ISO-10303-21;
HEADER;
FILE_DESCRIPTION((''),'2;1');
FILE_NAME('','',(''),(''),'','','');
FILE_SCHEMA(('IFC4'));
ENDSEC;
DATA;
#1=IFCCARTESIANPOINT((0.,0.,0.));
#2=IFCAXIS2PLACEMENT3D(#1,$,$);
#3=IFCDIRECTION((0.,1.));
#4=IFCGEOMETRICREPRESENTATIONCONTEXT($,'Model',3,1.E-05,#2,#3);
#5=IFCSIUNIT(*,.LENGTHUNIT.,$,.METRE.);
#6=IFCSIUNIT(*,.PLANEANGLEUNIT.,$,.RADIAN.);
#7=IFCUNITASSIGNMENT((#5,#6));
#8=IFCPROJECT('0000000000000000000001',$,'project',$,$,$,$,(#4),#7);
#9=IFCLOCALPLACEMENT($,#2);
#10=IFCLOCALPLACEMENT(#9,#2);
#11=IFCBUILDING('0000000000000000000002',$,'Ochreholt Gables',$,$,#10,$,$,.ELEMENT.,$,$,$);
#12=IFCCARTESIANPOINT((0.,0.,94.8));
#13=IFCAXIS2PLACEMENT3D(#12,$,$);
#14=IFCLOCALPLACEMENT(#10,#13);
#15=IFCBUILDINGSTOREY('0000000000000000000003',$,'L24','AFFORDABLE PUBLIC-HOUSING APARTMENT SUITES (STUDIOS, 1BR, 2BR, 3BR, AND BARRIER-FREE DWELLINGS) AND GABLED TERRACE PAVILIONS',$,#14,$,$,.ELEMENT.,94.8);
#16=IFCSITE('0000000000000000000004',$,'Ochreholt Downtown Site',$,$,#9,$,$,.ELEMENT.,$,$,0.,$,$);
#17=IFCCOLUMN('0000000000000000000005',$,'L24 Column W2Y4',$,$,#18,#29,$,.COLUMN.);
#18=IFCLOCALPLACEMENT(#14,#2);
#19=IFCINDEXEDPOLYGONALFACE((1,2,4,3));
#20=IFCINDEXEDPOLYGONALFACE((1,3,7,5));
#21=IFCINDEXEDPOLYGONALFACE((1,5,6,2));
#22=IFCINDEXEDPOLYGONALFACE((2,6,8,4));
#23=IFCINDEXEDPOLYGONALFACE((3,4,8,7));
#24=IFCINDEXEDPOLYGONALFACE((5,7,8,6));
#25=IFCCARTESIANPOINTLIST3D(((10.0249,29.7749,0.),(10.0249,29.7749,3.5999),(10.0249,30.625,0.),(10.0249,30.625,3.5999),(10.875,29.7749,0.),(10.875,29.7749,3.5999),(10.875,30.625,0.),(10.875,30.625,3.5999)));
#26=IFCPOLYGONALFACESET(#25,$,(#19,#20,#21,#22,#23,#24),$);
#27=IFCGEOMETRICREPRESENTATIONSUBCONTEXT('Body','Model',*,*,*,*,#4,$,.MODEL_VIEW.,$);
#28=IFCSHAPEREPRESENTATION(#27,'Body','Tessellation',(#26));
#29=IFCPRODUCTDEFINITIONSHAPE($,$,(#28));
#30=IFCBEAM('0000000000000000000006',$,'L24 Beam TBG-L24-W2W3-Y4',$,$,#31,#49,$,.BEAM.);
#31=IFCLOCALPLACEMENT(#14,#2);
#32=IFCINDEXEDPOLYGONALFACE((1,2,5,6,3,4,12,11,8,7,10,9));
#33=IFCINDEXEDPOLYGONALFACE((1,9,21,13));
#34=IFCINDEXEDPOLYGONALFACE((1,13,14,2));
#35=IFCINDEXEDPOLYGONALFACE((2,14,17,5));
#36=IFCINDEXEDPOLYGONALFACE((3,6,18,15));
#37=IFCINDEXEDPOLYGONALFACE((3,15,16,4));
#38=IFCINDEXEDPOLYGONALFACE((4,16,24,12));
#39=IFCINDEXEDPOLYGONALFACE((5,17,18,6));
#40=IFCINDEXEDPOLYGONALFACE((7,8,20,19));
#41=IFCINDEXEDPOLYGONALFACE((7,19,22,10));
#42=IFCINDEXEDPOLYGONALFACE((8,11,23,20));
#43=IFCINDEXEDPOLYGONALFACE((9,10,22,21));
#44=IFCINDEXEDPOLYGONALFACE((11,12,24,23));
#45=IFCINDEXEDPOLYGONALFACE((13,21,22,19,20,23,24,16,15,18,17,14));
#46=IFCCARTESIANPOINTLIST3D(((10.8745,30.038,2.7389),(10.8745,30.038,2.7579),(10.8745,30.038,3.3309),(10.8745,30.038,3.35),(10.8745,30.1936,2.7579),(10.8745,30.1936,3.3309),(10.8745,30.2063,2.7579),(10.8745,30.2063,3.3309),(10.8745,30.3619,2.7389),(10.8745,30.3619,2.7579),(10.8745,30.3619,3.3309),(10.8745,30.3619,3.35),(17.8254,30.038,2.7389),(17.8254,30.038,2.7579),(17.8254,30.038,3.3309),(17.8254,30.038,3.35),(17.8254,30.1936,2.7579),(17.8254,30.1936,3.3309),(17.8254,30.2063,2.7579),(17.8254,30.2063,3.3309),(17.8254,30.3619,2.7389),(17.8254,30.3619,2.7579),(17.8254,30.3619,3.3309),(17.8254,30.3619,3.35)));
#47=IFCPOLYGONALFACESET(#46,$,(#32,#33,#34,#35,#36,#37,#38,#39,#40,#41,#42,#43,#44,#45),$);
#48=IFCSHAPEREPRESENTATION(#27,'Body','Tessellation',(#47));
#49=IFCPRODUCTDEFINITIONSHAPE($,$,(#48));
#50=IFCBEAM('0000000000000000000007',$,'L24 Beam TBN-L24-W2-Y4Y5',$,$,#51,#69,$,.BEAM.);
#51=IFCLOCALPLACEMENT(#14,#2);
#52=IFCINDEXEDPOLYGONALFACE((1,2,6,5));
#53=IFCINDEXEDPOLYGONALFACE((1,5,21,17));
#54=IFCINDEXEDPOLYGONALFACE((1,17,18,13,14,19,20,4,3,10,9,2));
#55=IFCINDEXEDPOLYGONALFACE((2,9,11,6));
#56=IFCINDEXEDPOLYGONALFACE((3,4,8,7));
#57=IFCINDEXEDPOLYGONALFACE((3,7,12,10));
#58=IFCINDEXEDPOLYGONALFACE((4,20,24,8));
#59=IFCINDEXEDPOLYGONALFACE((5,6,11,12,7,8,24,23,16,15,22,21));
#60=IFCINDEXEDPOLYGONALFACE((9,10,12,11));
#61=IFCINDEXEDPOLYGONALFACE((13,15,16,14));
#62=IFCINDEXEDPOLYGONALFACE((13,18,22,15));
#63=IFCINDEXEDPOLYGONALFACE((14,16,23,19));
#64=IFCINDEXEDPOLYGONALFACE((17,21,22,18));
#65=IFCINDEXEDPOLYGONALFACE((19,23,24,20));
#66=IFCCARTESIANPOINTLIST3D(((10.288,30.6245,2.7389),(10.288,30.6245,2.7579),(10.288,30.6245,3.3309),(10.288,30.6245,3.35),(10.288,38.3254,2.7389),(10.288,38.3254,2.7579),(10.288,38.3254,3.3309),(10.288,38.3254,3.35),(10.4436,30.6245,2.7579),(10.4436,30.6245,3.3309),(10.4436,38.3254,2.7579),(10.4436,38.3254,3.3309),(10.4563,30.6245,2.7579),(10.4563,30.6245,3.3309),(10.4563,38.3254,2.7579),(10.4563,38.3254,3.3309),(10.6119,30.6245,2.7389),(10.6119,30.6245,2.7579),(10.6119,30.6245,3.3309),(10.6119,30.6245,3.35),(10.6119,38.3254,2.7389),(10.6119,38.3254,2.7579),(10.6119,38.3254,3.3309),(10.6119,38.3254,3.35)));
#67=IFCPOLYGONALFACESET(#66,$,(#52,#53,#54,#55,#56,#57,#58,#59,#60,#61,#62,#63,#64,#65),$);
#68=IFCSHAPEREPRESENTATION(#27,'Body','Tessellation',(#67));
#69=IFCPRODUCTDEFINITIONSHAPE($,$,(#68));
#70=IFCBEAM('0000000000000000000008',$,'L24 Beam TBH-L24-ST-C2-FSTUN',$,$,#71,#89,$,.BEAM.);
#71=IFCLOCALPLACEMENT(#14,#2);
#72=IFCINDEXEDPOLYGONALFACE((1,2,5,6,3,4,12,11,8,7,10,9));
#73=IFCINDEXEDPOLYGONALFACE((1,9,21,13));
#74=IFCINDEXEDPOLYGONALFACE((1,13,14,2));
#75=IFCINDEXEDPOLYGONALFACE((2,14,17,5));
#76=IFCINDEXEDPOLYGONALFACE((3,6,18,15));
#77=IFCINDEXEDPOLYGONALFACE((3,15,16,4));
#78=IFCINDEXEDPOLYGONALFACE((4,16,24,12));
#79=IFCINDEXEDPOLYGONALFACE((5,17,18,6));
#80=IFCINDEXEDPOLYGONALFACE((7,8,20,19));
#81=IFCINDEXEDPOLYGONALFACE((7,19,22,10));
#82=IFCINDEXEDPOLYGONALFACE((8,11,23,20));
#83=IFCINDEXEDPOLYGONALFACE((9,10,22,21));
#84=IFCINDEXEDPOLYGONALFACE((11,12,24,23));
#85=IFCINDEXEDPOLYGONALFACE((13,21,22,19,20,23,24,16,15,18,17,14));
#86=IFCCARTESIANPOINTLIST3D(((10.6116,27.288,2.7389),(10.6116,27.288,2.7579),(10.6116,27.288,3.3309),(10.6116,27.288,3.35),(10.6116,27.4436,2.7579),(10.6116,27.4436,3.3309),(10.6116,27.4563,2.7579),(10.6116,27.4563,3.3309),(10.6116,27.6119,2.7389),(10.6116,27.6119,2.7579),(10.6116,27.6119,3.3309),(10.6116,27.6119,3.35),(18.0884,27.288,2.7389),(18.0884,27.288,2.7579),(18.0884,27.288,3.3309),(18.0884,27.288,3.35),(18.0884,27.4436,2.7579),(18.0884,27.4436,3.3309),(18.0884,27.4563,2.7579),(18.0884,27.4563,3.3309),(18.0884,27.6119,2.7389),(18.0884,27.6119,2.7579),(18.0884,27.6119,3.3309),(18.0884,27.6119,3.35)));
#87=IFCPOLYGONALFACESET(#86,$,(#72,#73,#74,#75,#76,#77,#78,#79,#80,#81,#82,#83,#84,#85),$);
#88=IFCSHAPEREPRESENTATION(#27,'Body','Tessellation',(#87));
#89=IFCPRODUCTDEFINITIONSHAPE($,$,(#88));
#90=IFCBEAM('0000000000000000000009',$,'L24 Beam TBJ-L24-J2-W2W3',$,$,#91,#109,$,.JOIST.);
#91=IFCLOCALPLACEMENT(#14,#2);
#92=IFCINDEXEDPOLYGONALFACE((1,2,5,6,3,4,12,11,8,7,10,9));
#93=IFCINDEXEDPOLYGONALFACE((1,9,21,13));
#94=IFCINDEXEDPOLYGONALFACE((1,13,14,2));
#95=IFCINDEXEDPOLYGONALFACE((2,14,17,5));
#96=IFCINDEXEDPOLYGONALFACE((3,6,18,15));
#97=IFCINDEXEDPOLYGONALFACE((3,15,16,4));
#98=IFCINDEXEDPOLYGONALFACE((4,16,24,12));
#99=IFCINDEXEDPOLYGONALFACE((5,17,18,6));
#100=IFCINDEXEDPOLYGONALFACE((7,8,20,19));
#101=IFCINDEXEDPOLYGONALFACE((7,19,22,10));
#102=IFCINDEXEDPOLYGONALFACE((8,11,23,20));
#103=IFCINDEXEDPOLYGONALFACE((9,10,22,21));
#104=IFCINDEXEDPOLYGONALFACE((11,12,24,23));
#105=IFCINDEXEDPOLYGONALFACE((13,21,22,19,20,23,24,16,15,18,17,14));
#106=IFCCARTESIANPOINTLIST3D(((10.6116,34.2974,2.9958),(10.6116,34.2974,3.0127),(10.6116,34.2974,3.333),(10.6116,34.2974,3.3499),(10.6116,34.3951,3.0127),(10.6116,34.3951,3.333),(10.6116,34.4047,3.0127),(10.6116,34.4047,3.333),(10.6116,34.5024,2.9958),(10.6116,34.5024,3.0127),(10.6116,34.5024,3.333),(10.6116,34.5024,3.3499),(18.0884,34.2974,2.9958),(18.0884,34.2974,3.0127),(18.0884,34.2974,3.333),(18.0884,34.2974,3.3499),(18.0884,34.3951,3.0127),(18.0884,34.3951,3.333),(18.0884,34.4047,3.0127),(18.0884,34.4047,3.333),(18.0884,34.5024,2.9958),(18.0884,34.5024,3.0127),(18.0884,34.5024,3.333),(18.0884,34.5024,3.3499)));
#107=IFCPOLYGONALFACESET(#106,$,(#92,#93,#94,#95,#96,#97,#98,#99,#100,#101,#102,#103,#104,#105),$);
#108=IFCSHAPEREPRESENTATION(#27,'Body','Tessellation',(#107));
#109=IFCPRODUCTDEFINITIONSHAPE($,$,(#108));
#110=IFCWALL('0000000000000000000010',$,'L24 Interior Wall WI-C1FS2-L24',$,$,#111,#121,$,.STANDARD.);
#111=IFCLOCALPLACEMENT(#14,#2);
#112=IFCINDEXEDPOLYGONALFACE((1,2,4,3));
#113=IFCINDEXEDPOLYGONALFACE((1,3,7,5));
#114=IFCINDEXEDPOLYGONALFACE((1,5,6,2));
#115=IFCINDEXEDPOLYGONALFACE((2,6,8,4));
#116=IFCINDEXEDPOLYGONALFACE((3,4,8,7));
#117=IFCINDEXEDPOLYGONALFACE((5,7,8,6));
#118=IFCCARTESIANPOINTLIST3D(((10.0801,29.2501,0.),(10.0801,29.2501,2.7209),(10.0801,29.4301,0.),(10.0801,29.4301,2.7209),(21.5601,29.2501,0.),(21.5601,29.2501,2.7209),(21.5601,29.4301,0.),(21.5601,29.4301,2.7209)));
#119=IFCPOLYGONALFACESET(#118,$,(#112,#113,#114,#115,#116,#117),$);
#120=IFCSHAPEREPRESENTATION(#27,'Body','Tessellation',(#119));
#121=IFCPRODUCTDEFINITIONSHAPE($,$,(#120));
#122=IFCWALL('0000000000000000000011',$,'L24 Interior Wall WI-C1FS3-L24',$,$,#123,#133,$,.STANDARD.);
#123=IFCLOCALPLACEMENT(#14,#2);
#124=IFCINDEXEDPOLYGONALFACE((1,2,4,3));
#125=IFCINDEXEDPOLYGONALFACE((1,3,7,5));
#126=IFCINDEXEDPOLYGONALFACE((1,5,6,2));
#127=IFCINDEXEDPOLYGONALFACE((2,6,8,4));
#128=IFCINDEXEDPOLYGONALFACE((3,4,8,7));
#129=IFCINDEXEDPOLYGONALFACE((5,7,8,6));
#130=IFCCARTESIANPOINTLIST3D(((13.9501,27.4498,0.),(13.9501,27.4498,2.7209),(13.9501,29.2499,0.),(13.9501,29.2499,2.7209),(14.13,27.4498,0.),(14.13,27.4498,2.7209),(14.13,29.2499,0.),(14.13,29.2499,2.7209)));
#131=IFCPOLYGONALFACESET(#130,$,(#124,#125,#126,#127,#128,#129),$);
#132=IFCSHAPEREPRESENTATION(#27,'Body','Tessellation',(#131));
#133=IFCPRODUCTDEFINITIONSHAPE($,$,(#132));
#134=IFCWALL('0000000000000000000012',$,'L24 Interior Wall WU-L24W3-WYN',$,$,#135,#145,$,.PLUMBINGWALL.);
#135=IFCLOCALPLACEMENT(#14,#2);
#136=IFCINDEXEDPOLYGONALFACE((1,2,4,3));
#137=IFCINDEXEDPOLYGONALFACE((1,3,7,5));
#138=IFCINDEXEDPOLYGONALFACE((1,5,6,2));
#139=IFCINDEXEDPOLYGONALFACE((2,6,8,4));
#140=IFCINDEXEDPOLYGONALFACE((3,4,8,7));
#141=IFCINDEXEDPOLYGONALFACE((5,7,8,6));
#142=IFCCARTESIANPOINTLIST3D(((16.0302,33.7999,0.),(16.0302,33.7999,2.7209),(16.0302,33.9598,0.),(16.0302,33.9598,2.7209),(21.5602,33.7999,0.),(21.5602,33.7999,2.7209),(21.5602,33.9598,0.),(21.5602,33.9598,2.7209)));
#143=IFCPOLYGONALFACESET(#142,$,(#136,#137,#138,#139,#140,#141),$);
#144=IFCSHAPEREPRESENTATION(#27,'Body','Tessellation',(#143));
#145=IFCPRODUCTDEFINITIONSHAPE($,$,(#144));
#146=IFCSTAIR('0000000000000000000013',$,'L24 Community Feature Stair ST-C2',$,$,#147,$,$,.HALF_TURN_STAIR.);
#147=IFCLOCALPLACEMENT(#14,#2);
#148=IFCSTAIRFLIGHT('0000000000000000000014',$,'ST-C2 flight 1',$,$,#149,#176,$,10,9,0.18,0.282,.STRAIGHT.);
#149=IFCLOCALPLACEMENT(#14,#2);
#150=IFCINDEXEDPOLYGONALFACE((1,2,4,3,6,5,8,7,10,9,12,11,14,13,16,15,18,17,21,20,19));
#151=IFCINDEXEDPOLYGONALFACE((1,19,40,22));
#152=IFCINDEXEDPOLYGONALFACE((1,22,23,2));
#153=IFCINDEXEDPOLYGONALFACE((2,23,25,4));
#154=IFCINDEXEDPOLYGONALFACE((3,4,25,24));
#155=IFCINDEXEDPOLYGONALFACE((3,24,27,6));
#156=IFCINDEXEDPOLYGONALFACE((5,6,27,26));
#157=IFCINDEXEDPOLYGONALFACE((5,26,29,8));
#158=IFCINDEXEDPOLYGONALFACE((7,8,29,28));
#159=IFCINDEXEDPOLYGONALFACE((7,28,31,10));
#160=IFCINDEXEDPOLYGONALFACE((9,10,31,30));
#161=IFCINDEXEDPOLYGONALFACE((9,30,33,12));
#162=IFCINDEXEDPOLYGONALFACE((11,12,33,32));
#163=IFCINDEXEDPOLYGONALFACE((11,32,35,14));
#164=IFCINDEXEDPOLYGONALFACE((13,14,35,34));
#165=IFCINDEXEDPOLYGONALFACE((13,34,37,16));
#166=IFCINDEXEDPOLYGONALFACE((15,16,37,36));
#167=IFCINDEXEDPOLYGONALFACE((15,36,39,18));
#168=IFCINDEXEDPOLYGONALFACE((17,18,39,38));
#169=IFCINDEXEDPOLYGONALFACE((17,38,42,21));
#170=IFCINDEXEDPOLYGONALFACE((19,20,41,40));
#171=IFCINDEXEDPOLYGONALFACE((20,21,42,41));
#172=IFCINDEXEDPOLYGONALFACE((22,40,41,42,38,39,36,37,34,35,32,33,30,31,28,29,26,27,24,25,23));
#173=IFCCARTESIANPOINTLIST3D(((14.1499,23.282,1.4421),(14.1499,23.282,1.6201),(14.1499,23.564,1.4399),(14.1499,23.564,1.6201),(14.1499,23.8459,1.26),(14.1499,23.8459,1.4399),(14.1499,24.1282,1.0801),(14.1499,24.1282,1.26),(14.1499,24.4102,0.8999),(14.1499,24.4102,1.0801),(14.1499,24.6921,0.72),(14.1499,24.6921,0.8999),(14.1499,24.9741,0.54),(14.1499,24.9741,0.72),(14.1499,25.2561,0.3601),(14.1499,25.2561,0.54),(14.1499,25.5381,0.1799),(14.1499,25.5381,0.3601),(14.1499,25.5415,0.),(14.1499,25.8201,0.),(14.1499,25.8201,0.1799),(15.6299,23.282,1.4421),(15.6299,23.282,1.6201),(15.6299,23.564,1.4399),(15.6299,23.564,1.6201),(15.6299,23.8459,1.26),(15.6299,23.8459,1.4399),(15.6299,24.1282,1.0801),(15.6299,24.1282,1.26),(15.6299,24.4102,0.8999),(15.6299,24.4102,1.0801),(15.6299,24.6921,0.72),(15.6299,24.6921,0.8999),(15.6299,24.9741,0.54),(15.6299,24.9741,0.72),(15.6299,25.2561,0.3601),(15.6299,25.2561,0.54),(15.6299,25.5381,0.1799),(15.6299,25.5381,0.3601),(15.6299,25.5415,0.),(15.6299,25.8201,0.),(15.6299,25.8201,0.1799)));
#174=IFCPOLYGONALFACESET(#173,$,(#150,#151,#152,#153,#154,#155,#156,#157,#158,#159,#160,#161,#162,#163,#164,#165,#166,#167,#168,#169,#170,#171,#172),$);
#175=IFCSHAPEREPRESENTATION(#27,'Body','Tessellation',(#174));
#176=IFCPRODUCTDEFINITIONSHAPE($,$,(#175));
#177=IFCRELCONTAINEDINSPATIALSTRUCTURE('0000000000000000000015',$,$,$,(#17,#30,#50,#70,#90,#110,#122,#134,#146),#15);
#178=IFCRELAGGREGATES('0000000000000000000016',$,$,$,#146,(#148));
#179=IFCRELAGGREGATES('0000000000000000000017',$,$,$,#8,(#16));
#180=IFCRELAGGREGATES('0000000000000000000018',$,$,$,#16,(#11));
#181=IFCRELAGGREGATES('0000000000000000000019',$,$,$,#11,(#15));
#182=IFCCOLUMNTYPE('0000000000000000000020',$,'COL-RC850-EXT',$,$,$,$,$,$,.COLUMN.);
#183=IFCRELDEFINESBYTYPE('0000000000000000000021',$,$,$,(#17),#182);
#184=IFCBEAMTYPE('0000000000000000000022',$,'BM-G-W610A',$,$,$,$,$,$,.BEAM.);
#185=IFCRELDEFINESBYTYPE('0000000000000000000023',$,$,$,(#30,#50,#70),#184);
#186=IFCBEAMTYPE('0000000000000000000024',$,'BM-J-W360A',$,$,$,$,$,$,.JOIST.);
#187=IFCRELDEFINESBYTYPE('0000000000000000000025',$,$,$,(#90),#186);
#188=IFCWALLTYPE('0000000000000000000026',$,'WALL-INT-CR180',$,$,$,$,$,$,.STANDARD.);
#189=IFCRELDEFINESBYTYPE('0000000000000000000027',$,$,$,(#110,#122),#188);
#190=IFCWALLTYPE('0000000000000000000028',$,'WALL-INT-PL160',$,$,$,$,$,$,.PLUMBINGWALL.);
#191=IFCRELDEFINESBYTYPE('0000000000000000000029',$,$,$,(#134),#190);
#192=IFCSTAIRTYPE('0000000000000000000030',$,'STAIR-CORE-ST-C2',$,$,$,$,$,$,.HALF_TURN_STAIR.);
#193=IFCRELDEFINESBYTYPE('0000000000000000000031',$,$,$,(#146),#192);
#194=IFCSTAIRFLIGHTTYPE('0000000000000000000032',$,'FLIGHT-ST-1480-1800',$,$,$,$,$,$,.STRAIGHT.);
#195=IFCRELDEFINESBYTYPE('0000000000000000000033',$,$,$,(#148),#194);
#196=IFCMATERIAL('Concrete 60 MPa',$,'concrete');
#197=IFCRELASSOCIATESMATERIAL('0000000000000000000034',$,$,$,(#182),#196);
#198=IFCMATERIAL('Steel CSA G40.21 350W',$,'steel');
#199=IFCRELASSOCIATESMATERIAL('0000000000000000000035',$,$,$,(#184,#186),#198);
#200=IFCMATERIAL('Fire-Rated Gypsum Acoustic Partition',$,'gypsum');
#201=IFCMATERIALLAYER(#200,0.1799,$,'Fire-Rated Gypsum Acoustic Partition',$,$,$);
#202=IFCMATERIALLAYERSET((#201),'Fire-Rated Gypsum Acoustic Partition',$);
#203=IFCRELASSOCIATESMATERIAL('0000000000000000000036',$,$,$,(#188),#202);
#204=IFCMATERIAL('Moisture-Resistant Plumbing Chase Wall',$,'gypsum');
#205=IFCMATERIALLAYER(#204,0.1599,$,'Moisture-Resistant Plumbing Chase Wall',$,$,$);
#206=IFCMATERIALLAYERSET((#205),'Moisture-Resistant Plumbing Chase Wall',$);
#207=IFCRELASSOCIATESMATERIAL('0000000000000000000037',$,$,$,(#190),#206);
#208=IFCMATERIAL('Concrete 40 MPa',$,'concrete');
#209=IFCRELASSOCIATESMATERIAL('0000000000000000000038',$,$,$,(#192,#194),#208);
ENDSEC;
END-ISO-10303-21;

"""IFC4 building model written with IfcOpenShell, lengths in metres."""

from ifc_helpers import new_model, si_unit, direction, frame, frame_2d, origin, origin_2d, place, context, subcontext, project, spatial, polyline, rectangle, i_section, outline, extrude, material, layer, layer_set, material_profile, profile_set, type_object, element, aggregate, save


model = new_model("IFC4")

# Units and contexts
model_context = context("Model", 3, precision=1e-05, world=origin(), true_north=direction((0.0, 1.0)))
body_context = subcontext(model_context, "Body", "Model", "MODEL_VIEW")
ifc_project = project(units=[si_unit("LENGTHUNIT", "METRE"), si_unit("PLANEANGLEUNIT", "RADIAN")], contexts=[model_context])

# Site, building, storey
site_placement = place(None, origin())
site = spatial("IfcSite", under=ifc_project, at=site_placement, Name="Ochreholt Downtown Site", CompositionType="ELEMENT", RefElevation=0.0)
building_placement = place(site_placement, origin())
building = spatial("IfcBuilding", under=site, at=building_placement, Name="Ochreholt Gables", CompositionType="ELEMENT")
storey_placement = place(building_placement, frame((0.0, 0.0, 94.8)))
storey = spatial("IfcBuildingStorey", under=building, at=storey_placement, Name="L24", Description="AFFORDABLE PUBLIC-HOUSING APARTMENT SUITES (STUDIOS, 1BR, 2BR, 3BR, AND BARRIER-FREE DWELLINGS) AND GABLED TERRACE PAVILIONS", CompositionType="ELEMENT", Elevation=94.8)

# Column
ifc_material_1 = material(Name="Concrete 60 MPa", Category="concrete")
ifc_material_profile_1 = material_profile(ifc_material_1, rectangle(XDim=0.8501, YDim=0.8501, at=origin_2d()), Name="RC850X850")
ifc_profile_set_1 = profile_set([ifc_material_profile_1], Name="Concrete 60 MPa")
column_type = type_object("IfcColumnType", Name="COL-RC850-EXT", PredefinedType="COLUMN", material=ifc_profile_set_1)
column_placement = place(storey_placement, frame((10.45, 30.2, 0.0), z_axis=(0.0, 0.0, 1.0), x_axis=(1.0, 0.0, 0.0)))
element("IfcColumn", 1, at=column_placement, inside=storey, type_object=column_type, Name="L24 Column W2Y4", PredefinedType="COLUMN", context=body_context, shape_type="SweptSolid", body=[
    extrude(rectangle(XDim=0.8501, YDim=0.8501, at=origin_2d()), origin(), (0.0, 0.0, 1.0), 3.5999),
])

# Beams
ifc_material_2 = material(Name="Steel CSA G40.21 350W", Category="steel")
ifc_material_profile_2 = material_profile(ifc_material_2, i_section(OverallWidth=0.324, OverallDepth=0.6111, WebThickness=0.0127, FlangeThickness=0.019, at=origin_2d()), Name="W610X155")
ifc_profile_set_2 = profile_set([ifc_material_profile_2], Name="Steel CSA G40.21 350W")
beam_type_1 = type_object("IfcBeamType", Name="BM-G-W610A", PredefinedType="BEAM", material=ifc_profile_set_2)
beam_1_placement = place(storey_placement, frame((10.8745, 30.2, 3.0444), z_axis=(1.0, 0.0, 0.0), x_axis=(0.0, 1.0, 0.0)))
element("IfcBeam", 2, at=beam_1_placement, inside=storey, type_object=beam_type_1, Name="L24 Beam TBG-L24-W2W3-Y4", PredefinedType="BEAM", context=body_context, shape_type="SweptSolid", body=[
    extrude(i_section(OverallWidth=0.324, OverallDepth=0.6111, WebThickness=0.0127, FlangeThickness=0.019, at=origin_2d()), origin(), (0.0, 0.0, 1.0), 6.9509),
])
beam_2_placement = place(storey_placement, frame((10.45, 30.6245, 3.0444), z_axis=(0.0, 1.0, 0.0), x_axis=(-1.0, 0.0, 0.0)))
element("IfcBeam", 3, at=beam_2_placement, inside=storey, type_object=beam_type_1, Name="L24 Beam TBN-L24-W2-Y4Y5", PredefinedType="BEAM", context=body_context, shape_type="SweptSolid", body=[
    extrude(i_section(OverallWidth=0.324, OverallDepth=0.6111, WebThickness=0.0127, FlangeThickness=0.019, at=origin_2d()), origin(), (0.0, 0.0, 1.0), 7.7009),
])
beam_3_placement = place(storey_placement, frame((10.6116, 27.45, 3.0444), z_axis=(1.0, 0.0, 0.0), x_axis=(0.0, 1.0, 0.0)))
element("IfcBeam", 4, at=beam_3_placement, inside=storey, type_object=beam_type_1, Name="L24 Beam TBH-L24-ST-C2-FSTUN", PredefinedType="BEAM", context=body_context, shape_type="SweptSolid", body=[
    extrude(i_section(OverallWidth=0.324, OverallDepth=0.6111, WebThickness=0.0127, FlangeThickness=0.019, at=origin_2d()), origin(), (0.0, 0.0, 1.0), 7.4768),
])
ifc_material_profile_3 = material_profile(ifc_material_2, i_section(OverallWidth=0.2051, OverallDepth=0.354, WebThickness=0.0095, FlangeThickness=0.0168, at=origin_2d()), Name="W360X79")
ifc_profile_set_3 = profile_set([ifc_material_profile_3], Name="Steel CSA G40.21 350W")
beam_type_2 = type_object("IfcBeamType", Name="BM-J-W360A", PredefinedType="JOIST", material=ifc_profile_set_3)
beam_4_placement = place(storey_placement, frame((10.6116, 34.3999, 3.1729), z_axis=(1.0, 0.0, 0.0), x_axis=(0.0, 1.0, 0.0)))
element("IfcBeam", 5, at=beam_4_placement, inside=storey, type_object=beam_type_2, Name="L24 Beam TBJ-L24-J2-W2W3", PredefinedType="JOIST", context=body_context, shape_type="SweptSolid", body=[
    extrude(i_section(OverallWidth=0.2051, OverallDepth=0.354, WebThickness=0.0095, FlangeThickness=0.0168, at=origin_2d()), origin(), (0.0, 0.0, 1.0), 7.4768),
])

# Walls
ifc_material_3 = material(Name="Fire-Rated Gypsum Acoustic Partition", Category="gypsum")
ifc_layer_1 = layer(ifc_material_3, 0.1799, Name="Fire-Rated Gypsum Acoustic Partition")
ifc_layer_set_1 = layer_set([ifc_layer_1], Name="Fire-Rated Gypsum Acoustic Partition")
wall_type_1 = type_object("IfcWallType", Name="WALL-INT-CR180", PredefinedType="STANDARD", material=ifc_layer_set_1)
wall_1_placement = place(storey_placement, frame((10.0801, 29.3401, 0.0), z_axis=(0.0, 0.0, 1.0), x_axis=(1.0, 0.0, 0.0)))
element("IfcWall", 6, at=wall_1_placement, inside=storey, type_object=wall_type_1, Name="L24 Interior Wall WI-C1FS2-L24", PredefinedType="STANDARD", context=body_context, shape_type="SweptSolid", body=[
    extrude(rectangle(XDim=11.48, YDim=0.1799, at=frame_2d((5.74, 0.0))), origin(), (0.0, 0.0, 1.0), 2.7209),
])
wall_2_placement = place(storey_placement, frame((14.04, 27.45, 0.0), z_axis=(0.0, 0.0, 1.0), x_axis=(0.0, 1.0, 0.0)))
element("IfcWall", 7, at=wall_2_placement, inside=storey, type_object=wall_type_1, Name="L24 Interior Wall WI-C1FS3-L24", PredefinedType="STANDARD", context=body_context, shape_type="SweptSolid", body=[
    extrude(rectangle(XDim=1.8, YDim=0.1799, at=frame_2d((0.8999, 0.0))), origin(), (0.0, 0.0, 1.0), 2.7209),
])
ifc_material_4 = material(Name="Moisture-Resistant Plumbing Chase Wall", Category="gypsum")
ifc_layer_2 = layer(ifc_material_4, 0.1599, Name="Moisture-Resistant Plumbing Chase Wall")
ifc_layer_set_2 = layer_set([ifc_layer_2], Name="Moisture-Resistant Plumbing Chase Wall")
wall_type_2 = type_object("IfcWallType", Name="WALL-INT-PL160", PredefinedType="PLUMBINGWALL", material=ifc_layer_set_2)
wall_3_placement = place(storey_placement, frame((16.03, 33.8799, 0.0), z_axis=(0.0, 0.0, 1.0), x_axis=(1.0, 0.0, 0.0)))
element("IfcWall", 8, at=wall_3_placement, inside=storey, type_object=wall_type_2, Name="L24 Interior Wall WU-L24W3-WYN", PredefinedType="PLUMBINGWALL", context=body_context, shape_type="SweptSolid", body=[
    extrude(rectangle(XDim=5.53, YDim=0.1599, at=frame_2d((2.7651, 0.0))), origin(), (0.0, 0.0, 1.0), 2.7209),
])

# Stair, stair flight
ifc_material_5 = material(Name="Concrete 40 MPa", Category="concrete")
stair_type = type_object("IfcStairType", Name="STAIR-CORE-ST-C2", PredefinedType="HALF_TURN_STAIR", material=ifc_material_5)
stair_placement = place(storey_placement, origin())
stair = element("IfcStair", 9, at=stair_placement, inside=storey, type_object=stair_type, Name="L24 Community Feature Stair ST-C2", PredefinedType="HALF_TURN_STAIR")
stair_flight_type = type_object("IfcStairFlightType", Name="FLIGHT-ST-1480-1800", PredefinedType="STRAIGHT", material=ifc_material_5)
stair_flight_placement = place(storey_placement, frame((14.8899, 25.8201, 0.0), z_axis=(0.0, 0.0, 1.0), x_axis=(0.0, -1.0, 0.0)))
stair_flight = element("IfcStairFlight", 10, at=stair_flight_placement, type_object=stair_flight_type, Name="ST-C2 flight 1", NumberOfRisers=10, NumberOfTreads=9, PredefinedType="STRAIGHT", RiserHeight=0.18, TreadLength=0.282, context=body_context, shape_type="SweptSolid", body=[
    extrude(outline(polyline([(0.0, 0.0), (0.0, 0.1799), (0.282, 0.1799), (0.282, 0.3601), (0.564, 0.3601), (0.564, 0.54), (0.8459, 0.54), (0.8459, 0.72), (1.1279, 0.72), (1.1279, 0.8999), (1.4099, 0.8999), (1.4099, 1.0801), (1.6919, 1.0801), (1.6919, 1.26), (1.9741, 1.26), (1.9741, 1.4399), (2.2561, 1.4399), (2.2561, 1.6201), (2.5381, 1.6201), (2.5381, 1.8), (2.5381, 1.4421), (0.2786, 0.0), (0.0, 0.0)])), frame((0.0, 0.74, 0.0), z_axis=(0.0, -1.0, 0.0), x_axis=(1.0, 0.0, 0.0)), (0.0, 0.0, 1.0), 1.48),
])
aggregate(stair, [stair_flight])

save(model, "model.ifc")
